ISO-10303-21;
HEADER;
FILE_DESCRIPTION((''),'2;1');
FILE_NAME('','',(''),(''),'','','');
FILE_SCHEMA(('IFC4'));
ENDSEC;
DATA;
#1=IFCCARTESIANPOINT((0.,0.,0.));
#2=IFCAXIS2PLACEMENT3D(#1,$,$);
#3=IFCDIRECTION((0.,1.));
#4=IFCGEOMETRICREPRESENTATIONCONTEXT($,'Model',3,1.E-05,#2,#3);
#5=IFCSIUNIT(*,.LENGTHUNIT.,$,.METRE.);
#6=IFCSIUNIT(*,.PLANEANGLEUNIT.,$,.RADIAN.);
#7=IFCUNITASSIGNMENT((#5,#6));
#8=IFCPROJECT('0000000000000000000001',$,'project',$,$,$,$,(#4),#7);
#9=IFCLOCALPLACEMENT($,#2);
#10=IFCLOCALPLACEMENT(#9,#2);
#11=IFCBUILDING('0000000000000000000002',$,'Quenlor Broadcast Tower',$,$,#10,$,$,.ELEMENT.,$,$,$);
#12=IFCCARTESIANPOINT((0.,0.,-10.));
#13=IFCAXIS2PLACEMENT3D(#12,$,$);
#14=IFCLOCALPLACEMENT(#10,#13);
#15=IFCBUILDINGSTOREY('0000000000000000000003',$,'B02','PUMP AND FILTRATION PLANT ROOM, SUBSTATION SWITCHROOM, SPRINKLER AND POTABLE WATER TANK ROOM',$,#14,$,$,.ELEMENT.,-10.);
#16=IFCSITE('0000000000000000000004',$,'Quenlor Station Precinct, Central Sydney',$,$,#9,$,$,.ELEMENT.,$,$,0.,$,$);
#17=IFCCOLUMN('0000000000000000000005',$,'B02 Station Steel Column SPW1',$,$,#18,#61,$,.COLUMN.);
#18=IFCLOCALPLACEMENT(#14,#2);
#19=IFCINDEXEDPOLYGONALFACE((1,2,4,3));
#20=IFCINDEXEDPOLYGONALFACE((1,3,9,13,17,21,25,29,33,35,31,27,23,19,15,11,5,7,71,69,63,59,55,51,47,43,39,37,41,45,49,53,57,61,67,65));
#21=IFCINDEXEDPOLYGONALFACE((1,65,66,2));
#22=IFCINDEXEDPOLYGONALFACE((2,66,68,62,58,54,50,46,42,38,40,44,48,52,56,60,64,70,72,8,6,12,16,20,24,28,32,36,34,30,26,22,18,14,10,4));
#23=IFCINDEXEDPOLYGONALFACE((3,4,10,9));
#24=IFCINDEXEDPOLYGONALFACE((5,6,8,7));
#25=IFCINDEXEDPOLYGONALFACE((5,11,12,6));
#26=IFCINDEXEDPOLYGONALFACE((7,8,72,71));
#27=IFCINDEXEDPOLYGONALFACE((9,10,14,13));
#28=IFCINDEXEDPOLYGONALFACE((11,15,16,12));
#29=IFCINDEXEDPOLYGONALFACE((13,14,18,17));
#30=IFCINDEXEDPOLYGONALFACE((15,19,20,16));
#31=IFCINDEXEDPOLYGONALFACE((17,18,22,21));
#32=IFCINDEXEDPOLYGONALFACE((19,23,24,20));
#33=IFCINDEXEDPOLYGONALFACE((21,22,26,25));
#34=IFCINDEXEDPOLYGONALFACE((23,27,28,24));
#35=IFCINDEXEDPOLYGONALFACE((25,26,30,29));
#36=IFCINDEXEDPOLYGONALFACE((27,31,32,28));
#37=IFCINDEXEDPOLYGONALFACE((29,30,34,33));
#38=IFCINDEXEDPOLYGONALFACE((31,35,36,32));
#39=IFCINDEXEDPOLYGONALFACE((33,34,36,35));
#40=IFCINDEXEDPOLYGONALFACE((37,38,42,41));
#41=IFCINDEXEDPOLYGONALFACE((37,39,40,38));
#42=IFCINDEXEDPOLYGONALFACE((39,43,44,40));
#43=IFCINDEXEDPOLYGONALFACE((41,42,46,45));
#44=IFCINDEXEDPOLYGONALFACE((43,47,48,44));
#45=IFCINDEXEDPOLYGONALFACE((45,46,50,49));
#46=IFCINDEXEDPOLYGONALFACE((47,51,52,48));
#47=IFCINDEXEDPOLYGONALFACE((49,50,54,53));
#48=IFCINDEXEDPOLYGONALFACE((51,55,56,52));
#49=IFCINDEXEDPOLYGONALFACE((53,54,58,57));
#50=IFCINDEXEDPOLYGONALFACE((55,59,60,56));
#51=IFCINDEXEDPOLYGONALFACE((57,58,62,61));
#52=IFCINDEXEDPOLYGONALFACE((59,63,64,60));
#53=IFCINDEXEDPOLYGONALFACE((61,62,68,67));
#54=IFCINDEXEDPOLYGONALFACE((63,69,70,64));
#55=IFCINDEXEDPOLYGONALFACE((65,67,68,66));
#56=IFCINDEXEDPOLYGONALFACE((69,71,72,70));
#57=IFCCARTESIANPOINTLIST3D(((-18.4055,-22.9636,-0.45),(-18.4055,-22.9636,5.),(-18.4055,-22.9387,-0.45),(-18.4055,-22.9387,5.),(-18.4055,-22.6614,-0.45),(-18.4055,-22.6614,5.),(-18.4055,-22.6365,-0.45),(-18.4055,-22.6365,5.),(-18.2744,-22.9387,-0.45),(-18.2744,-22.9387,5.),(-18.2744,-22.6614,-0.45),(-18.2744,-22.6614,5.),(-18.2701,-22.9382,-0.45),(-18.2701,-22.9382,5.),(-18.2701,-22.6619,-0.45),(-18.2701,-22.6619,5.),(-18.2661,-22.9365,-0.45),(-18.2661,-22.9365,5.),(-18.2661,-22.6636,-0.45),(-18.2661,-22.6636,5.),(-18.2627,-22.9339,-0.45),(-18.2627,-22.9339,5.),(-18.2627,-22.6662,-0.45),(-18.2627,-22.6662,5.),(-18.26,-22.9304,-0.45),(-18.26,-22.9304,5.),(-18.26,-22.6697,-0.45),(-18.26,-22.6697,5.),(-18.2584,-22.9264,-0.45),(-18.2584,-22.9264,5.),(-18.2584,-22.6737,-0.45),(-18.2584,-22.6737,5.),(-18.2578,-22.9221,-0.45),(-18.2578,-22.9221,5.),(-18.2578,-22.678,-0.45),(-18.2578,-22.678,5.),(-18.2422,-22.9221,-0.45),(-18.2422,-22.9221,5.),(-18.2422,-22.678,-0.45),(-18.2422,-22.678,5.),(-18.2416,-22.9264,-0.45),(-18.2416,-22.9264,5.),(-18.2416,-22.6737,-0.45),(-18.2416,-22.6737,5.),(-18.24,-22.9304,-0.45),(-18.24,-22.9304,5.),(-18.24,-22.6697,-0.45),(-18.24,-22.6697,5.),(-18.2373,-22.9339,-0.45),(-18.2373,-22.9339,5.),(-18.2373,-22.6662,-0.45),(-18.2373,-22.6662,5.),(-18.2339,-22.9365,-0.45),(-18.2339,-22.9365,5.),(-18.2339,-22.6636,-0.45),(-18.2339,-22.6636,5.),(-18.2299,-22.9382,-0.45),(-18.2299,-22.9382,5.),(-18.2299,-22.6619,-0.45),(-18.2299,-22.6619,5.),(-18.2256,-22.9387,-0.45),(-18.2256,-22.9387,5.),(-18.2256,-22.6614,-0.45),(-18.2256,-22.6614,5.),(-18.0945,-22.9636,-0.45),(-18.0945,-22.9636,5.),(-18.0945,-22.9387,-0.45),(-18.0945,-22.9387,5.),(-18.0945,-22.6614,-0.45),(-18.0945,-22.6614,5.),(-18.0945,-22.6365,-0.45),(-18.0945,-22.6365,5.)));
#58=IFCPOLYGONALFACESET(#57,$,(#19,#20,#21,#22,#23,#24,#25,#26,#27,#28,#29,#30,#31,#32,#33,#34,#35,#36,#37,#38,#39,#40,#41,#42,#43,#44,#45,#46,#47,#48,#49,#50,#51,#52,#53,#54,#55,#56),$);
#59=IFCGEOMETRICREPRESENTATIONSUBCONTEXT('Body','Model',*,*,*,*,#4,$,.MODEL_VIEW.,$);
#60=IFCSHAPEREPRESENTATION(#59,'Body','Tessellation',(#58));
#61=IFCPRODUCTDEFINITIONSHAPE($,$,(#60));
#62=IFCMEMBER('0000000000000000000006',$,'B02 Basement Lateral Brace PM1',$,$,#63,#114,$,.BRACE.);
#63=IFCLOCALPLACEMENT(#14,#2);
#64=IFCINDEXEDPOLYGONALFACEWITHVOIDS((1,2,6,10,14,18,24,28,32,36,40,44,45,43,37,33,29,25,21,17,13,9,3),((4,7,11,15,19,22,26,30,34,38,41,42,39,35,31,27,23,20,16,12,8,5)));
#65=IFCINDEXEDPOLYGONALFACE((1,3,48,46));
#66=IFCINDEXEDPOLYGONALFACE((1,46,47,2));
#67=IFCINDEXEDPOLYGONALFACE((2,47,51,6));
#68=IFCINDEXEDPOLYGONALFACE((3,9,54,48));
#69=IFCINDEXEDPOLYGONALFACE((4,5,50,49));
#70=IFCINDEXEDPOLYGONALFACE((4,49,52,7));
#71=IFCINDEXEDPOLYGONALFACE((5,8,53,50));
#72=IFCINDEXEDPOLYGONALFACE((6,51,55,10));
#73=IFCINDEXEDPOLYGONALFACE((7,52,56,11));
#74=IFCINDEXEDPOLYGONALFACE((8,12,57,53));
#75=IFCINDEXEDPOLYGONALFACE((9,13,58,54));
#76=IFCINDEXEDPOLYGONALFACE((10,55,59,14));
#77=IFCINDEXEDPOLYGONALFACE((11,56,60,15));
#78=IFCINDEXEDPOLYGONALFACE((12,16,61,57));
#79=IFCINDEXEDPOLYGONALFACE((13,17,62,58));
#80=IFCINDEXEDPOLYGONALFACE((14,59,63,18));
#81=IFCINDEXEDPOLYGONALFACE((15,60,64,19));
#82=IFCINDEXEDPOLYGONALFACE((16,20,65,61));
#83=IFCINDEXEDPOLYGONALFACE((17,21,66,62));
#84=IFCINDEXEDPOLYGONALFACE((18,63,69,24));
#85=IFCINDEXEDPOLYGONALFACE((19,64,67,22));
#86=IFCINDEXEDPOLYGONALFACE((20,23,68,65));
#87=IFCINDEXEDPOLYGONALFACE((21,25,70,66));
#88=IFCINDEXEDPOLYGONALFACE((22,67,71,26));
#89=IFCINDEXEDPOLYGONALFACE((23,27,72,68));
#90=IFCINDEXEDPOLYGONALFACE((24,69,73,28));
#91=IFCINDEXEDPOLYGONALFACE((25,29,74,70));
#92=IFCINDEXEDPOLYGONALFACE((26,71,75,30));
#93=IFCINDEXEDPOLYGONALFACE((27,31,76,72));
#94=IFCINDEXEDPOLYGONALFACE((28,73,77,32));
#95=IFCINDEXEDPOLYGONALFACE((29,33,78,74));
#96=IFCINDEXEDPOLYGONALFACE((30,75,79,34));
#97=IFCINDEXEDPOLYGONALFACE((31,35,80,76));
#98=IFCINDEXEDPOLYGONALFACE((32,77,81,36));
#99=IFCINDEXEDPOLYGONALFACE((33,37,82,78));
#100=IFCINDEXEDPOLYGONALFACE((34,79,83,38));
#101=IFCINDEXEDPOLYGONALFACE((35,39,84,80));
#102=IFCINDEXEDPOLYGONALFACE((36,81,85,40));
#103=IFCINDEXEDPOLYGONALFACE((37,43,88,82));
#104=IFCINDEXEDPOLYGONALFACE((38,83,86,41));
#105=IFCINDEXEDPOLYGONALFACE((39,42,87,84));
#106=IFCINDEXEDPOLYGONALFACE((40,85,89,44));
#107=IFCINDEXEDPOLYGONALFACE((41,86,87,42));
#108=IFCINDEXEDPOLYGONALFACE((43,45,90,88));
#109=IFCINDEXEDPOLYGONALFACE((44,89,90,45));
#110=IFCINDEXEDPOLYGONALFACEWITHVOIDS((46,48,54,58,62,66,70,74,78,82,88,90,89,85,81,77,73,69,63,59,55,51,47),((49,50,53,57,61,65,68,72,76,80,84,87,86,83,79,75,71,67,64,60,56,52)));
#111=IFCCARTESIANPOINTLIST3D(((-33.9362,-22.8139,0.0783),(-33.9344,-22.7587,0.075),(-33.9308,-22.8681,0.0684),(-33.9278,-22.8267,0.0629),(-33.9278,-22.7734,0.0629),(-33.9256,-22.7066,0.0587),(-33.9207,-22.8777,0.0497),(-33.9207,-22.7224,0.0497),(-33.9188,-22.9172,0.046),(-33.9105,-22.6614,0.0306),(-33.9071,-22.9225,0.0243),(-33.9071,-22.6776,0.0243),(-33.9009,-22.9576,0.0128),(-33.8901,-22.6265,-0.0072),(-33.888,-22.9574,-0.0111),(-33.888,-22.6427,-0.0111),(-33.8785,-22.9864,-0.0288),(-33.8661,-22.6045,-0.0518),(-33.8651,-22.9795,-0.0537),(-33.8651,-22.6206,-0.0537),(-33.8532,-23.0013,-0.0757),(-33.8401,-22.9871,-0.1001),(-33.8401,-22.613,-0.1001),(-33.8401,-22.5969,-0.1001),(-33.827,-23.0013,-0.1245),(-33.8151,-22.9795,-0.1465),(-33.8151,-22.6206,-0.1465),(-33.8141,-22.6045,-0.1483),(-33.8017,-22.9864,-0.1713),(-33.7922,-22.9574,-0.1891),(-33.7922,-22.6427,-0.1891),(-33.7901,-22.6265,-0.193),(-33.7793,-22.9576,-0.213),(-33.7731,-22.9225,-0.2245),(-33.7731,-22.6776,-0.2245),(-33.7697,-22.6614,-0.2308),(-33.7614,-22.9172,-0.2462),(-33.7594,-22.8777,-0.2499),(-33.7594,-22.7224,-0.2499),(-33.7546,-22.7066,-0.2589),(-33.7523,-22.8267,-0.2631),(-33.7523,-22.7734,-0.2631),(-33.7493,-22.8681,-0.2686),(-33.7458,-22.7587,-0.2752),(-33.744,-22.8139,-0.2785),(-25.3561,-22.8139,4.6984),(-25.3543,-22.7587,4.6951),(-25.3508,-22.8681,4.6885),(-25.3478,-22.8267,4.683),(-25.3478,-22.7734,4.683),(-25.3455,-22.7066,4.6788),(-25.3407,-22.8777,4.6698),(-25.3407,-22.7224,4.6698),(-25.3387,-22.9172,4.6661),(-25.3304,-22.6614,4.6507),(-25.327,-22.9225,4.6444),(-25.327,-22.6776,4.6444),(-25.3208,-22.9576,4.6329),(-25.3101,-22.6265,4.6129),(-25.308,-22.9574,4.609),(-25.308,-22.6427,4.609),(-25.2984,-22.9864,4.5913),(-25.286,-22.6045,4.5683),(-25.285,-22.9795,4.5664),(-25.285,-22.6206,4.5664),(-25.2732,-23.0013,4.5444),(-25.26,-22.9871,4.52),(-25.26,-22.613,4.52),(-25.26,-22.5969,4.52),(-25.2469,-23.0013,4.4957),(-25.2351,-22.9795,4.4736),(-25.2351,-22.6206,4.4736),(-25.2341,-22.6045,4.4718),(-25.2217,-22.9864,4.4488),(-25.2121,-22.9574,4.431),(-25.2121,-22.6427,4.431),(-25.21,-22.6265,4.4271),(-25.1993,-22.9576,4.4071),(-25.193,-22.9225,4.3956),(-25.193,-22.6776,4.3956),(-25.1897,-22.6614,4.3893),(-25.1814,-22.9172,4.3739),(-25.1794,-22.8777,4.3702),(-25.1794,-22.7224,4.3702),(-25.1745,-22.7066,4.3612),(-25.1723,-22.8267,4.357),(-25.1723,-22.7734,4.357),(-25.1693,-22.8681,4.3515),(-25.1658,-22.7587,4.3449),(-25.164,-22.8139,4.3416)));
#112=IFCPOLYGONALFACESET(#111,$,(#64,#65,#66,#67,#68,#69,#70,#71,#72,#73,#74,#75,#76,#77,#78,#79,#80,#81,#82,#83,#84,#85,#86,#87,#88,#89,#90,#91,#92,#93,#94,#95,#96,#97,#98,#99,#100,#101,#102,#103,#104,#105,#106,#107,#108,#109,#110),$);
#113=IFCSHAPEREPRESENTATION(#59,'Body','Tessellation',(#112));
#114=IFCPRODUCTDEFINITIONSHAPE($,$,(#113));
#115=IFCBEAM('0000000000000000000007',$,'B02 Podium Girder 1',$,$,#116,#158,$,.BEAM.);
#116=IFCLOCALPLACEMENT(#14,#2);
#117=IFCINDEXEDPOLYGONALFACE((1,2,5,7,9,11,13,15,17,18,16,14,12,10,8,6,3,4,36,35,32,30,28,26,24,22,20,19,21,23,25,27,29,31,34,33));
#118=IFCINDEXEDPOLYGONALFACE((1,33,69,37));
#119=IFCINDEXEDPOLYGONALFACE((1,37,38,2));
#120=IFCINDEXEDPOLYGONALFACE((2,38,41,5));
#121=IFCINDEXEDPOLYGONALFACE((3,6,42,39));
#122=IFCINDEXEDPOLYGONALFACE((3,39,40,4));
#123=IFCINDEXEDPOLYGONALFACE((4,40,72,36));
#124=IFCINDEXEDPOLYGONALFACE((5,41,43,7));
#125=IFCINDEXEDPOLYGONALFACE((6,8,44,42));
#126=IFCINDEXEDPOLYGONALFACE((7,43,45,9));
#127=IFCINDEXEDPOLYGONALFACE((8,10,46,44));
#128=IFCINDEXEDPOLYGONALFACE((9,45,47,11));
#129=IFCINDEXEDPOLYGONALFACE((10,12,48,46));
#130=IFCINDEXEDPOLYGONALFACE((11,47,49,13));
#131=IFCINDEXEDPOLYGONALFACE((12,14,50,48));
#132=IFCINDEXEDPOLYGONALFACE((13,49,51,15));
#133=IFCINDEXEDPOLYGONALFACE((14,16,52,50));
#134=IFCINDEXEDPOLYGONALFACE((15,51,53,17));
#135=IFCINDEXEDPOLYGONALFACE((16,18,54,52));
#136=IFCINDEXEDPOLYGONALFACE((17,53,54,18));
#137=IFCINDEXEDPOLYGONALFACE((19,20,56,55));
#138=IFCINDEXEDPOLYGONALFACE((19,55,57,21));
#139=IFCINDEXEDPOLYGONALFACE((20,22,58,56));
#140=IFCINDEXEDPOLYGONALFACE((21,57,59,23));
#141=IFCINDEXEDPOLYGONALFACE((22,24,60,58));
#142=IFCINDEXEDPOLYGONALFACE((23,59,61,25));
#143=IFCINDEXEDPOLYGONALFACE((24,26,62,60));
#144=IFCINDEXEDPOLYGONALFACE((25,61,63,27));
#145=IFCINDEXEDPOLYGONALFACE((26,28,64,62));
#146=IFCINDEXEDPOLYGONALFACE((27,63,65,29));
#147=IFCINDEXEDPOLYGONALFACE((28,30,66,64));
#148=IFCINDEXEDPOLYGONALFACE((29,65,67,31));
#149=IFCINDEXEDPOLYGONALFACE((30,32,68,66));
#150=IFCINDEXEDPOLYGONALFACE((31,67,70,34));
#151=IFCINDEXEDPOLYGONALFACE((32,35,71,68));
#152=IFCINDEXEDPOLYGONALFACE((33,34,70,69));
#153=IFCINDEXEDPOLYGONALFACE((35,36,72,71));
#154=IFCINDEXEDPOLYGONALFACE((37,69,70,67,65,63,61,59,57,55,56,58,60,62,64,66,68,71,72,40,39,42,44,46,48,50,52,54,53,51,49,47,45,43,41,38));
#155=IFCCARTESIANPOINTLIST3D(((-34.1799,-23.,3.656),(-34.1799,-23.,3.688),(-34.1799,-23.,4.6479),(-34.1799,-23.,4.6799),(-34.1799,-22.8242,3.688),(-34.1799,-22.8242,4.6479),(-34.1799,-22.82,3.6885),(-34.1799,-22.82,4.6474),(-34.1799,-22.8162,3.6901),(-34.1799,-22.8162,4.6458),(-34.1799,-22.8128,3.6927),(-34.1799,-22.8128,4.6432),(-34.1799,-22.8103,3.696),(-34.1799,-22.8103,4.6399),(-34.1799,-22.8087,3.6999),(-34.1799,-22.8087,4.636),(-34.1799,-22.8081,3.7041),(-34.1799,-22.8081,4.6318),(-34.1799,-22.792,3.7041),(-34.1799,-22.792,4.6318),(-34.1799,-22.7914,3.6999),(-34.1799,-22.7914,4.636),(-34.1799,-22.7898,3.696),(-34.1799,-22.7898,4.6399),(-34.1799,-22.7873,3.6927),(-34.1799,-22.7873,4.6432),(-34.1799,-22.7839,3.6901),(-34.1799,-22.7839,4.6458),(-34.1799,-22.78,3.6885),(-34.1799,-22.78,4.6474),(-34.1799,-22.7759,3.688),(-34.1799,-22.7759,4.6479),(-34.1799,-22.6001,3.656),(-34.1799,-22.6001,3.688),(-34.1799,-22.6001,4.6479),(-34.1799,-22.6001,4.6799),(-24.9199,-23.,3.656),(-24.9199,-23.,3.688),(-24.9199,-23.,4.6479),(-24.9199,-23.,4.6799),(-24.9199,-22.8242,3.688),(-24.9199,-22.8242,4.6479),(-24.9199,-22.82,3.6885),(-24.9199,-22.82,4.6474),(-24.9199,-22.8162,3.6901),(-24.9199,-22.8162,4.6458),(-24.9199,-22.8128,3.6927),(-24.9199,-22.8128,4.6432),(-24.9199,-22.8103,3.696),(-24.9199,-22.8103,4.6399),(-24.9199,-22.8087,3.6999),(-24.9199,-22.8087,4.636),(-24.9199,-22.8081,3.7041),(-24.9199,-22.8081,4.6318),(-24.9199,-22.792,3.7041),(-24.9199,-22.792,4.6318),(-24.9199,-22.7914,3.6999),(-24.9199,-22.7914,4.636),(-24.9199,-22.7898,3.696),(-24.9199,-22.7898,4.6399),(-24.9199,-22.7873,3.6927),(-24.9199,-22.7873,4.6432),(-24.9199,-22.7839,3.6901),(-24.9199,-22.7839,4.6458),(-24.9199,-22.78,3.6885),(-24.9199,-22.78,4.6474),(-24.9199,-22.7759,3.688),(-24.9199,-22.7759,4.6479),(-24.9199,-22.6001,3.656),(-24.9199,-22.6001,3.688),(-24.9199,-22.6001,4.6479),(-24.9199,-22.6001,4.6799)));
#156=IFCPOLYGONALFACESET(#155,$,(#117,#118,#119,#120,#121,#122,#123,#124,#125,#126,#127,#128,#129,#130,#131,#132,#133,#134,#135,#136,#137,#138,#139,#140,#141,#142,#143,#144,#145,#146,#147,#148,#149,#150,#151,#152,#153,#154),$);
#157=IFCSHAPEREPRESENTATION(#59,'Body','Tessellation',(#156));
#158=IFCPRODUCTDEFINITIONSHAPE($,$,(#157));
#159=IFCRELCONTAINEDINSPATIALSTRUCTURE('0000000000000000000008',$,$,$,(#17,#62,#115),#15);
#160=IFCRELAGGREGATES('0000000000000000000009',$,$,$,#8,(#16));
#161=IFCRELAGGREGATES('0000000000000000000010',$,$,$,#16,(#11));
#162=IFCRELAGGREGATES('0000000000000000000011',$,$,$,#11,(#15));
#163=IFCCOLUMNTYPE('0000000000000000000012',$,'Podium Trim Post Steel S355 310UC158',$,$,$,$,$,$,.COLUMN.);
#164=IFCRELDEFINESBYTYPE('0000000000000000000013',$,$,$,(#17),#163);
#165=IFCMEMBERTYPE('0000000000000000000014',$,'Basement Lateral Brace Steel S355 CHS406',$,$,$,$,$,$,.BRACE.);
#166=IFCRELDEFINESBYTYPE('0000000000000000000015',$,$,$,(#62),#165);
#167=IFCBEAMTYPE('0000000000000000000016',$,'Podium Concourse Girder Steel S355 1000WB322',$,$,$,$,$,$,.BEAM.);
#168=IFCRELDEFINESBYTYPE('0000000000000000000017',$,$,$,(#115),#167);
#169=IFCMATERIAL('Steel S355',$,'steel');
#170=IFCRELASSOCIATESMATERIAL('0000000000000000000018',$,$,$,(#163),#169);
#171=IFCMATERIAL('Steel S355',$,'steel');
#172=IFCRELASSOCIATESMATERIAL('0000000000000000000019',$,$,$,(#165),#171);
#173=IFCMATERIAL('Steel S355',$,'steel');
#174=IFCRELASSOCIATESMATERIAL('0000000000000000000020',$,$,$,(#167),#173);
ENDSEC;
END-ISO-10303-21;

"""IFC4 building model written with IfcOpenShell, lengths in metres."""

from ifc_helpers import new_model, si_unit, direction, frame, origin, origin_2d, place, context, subcontext, project, spatial, hollow_circle, i_section, extrude, material, material_profile, profile_set, type_object, element, save


model = new_model("IFC4")

# Units and contexts
model_context = context("Model", 3, precision=1e-05, world=origin(), true_north=direction((0.0, 1.0)))
body_context = subcontext(model_context, "Body", "Model", "MODEL_VIEW")
ifc_project = project(units=[si_unit("LENGTHUNIT", "METRE"), si_unit("PLANEANGLEUNIT", "RADIAN")], contexts=[model_context])

# Site, building, storey
site_placement = place(None, origin())
site = spatial("IfcSite", under=ifc_project, at=site_placement, Name="Quenlor Station Precinct, Central Sydney", CompositionType="ELEMENT", RefElevation=0.0)
building_placement = place(site_placement, origin())
building = spatial("IfcBuilding", under=site, at=building_placement, Name="Quenlor Broadcast Tower", CompositionType="ELEMENT")
storey_placement = place(building_placement, frame((0.0, 0.0, -10.0)))
storey = spatial("IfcBuildingStorey", under=building, at=storey_placement, Name="B02", Description="PUMP AND FILTRATION PLANT ROOM, SUBSTATION SWITCHROOM, SPRINKLER AND POTABLE WATER TANK ROOM", CompositionType="ELEMENT", Elevation=-10.0)

# Column
ifc_material_1 = material(Name="Steel S355", Category="steel")
ifc_material_profile_1 = material_profile(ifc_material_1, i_section(OverallWidth=0.311, OverallDepth=0.3271, WebThickness=0.0156, FlangeThickness=0.0249, FilletRadius=0.0166, at=origin_2d()))
ifc_profile_set_1 = profile_set([ifc_material_profile_1], Name="Steel S355 310UC158")
column_type_1 = type_object("IfcColumnType", Name="Podium Trim Post Steel S355 310UC158", PredefinedType="COLUMN", material=ifc_profile_set_1)
column_placement = place(storey_placement, frame((-18.25, -22.8, -0.45), z_axis=(0.0, 0.0, 1.0), x_axis=(1.0, 0.0, 0.0)))
element("IfcColumn", 1, at=column_placement, inside=storey, type_object=column_type_1, Name="B02 Station Steel Column SPW1", PredefinedType="COLUMN", context=body_context, shape_type="SweptSolid", body=[
    extrude(i_section(OverallWidth=0.311, OverallDepth=0.3271, WebThickness=0.0156, FlangeThickness=0.0249, FilletRadius=0.0166, at=origin_2d()), origin(), (0.0, 0.0, 1.0), 5.45),
])

# Member
ifc_material_2 = material(Name="Steel S355", Category="steel")
ifc_material_profile_2 = material_profile(ifc_material_2, hollow_circle(Radius=0.2031, WallThickness=0.0161, at=origin_2d()))
ifc_profile_set_2 = profile_set([ifc_material_profile_2], Name="Steel S355 CHS406x16")
member_type = type_object("IfcMemberType", Name="Basement Lateral Brace Steel S355 CHS406", PredefinedType="BRACE", material=ifc_profile_set_2)
member_placement = place(storey_placement, frame((-33.8401, -22.8, -0.1001), z_axis=(0.880468, 0.0, 0.474106), x_axis=(0.0, 1.0, 0.0)))
element("IfcMember", 2, at=member_placement, inside=storey, type_object=member_type, Name="B02 Basement Lateral Brace PM1", PredefinedType="BRACE", context=body_context, shape_type="SweptSolid", body=[
    extrude(hollow_circle(Radius=0.2031, WallThickness=0.0161, at=origin_2d()), origin(), (0.0, 0.0, 1.0), 9.7449),
])

# Beam
ifc_material_3 = material(Name="Steel S355", Category="steel")
ifc_material_profile_3 = material_profile(ifc_material_3, i_section(OverallWidth=0.3999, OverallDepth=1.0239, WebThickness=0.0161, FlangeThickness=0.032, FilletRadius=0.0161, at=origin_2d()))
ifc_profile_set_3 = profile_set([ifc_material_profile_3], Name="Steel S355 1000WB322")
beam_type_1 = type_object("IfcBeamType", Name="Podium Concourse Girder Steel S355 1000WB322", PredefinedType="BEAM", material=ifc_profile_set_3)
beam_1_placement = place(storey_placement, frame((-34.1799, -22.8, 4.168), z_axis=(1.0, 0.0, 0.0), x_axis=(0.0, 1.0, 0.0)))
element("IfcBeam", 3, at=beam_1_placement, inside=storey, type_object=beam_type_1, Name="B02 Podium Girder 1", PredefinedType="BEAM", context=body_context, shape_type="SweptSolid", body=[
    extrude(i_section(OverallWidth=0.3999, OverallDepth=1.0239, WebThickness=0.0161, FlangeThickness=0.032, FilletRadius=0.0161, at=origin_2d()), origin(), (0.0, 0.0, 1.0), 9.26),
])

save(model, "model.ifc")
